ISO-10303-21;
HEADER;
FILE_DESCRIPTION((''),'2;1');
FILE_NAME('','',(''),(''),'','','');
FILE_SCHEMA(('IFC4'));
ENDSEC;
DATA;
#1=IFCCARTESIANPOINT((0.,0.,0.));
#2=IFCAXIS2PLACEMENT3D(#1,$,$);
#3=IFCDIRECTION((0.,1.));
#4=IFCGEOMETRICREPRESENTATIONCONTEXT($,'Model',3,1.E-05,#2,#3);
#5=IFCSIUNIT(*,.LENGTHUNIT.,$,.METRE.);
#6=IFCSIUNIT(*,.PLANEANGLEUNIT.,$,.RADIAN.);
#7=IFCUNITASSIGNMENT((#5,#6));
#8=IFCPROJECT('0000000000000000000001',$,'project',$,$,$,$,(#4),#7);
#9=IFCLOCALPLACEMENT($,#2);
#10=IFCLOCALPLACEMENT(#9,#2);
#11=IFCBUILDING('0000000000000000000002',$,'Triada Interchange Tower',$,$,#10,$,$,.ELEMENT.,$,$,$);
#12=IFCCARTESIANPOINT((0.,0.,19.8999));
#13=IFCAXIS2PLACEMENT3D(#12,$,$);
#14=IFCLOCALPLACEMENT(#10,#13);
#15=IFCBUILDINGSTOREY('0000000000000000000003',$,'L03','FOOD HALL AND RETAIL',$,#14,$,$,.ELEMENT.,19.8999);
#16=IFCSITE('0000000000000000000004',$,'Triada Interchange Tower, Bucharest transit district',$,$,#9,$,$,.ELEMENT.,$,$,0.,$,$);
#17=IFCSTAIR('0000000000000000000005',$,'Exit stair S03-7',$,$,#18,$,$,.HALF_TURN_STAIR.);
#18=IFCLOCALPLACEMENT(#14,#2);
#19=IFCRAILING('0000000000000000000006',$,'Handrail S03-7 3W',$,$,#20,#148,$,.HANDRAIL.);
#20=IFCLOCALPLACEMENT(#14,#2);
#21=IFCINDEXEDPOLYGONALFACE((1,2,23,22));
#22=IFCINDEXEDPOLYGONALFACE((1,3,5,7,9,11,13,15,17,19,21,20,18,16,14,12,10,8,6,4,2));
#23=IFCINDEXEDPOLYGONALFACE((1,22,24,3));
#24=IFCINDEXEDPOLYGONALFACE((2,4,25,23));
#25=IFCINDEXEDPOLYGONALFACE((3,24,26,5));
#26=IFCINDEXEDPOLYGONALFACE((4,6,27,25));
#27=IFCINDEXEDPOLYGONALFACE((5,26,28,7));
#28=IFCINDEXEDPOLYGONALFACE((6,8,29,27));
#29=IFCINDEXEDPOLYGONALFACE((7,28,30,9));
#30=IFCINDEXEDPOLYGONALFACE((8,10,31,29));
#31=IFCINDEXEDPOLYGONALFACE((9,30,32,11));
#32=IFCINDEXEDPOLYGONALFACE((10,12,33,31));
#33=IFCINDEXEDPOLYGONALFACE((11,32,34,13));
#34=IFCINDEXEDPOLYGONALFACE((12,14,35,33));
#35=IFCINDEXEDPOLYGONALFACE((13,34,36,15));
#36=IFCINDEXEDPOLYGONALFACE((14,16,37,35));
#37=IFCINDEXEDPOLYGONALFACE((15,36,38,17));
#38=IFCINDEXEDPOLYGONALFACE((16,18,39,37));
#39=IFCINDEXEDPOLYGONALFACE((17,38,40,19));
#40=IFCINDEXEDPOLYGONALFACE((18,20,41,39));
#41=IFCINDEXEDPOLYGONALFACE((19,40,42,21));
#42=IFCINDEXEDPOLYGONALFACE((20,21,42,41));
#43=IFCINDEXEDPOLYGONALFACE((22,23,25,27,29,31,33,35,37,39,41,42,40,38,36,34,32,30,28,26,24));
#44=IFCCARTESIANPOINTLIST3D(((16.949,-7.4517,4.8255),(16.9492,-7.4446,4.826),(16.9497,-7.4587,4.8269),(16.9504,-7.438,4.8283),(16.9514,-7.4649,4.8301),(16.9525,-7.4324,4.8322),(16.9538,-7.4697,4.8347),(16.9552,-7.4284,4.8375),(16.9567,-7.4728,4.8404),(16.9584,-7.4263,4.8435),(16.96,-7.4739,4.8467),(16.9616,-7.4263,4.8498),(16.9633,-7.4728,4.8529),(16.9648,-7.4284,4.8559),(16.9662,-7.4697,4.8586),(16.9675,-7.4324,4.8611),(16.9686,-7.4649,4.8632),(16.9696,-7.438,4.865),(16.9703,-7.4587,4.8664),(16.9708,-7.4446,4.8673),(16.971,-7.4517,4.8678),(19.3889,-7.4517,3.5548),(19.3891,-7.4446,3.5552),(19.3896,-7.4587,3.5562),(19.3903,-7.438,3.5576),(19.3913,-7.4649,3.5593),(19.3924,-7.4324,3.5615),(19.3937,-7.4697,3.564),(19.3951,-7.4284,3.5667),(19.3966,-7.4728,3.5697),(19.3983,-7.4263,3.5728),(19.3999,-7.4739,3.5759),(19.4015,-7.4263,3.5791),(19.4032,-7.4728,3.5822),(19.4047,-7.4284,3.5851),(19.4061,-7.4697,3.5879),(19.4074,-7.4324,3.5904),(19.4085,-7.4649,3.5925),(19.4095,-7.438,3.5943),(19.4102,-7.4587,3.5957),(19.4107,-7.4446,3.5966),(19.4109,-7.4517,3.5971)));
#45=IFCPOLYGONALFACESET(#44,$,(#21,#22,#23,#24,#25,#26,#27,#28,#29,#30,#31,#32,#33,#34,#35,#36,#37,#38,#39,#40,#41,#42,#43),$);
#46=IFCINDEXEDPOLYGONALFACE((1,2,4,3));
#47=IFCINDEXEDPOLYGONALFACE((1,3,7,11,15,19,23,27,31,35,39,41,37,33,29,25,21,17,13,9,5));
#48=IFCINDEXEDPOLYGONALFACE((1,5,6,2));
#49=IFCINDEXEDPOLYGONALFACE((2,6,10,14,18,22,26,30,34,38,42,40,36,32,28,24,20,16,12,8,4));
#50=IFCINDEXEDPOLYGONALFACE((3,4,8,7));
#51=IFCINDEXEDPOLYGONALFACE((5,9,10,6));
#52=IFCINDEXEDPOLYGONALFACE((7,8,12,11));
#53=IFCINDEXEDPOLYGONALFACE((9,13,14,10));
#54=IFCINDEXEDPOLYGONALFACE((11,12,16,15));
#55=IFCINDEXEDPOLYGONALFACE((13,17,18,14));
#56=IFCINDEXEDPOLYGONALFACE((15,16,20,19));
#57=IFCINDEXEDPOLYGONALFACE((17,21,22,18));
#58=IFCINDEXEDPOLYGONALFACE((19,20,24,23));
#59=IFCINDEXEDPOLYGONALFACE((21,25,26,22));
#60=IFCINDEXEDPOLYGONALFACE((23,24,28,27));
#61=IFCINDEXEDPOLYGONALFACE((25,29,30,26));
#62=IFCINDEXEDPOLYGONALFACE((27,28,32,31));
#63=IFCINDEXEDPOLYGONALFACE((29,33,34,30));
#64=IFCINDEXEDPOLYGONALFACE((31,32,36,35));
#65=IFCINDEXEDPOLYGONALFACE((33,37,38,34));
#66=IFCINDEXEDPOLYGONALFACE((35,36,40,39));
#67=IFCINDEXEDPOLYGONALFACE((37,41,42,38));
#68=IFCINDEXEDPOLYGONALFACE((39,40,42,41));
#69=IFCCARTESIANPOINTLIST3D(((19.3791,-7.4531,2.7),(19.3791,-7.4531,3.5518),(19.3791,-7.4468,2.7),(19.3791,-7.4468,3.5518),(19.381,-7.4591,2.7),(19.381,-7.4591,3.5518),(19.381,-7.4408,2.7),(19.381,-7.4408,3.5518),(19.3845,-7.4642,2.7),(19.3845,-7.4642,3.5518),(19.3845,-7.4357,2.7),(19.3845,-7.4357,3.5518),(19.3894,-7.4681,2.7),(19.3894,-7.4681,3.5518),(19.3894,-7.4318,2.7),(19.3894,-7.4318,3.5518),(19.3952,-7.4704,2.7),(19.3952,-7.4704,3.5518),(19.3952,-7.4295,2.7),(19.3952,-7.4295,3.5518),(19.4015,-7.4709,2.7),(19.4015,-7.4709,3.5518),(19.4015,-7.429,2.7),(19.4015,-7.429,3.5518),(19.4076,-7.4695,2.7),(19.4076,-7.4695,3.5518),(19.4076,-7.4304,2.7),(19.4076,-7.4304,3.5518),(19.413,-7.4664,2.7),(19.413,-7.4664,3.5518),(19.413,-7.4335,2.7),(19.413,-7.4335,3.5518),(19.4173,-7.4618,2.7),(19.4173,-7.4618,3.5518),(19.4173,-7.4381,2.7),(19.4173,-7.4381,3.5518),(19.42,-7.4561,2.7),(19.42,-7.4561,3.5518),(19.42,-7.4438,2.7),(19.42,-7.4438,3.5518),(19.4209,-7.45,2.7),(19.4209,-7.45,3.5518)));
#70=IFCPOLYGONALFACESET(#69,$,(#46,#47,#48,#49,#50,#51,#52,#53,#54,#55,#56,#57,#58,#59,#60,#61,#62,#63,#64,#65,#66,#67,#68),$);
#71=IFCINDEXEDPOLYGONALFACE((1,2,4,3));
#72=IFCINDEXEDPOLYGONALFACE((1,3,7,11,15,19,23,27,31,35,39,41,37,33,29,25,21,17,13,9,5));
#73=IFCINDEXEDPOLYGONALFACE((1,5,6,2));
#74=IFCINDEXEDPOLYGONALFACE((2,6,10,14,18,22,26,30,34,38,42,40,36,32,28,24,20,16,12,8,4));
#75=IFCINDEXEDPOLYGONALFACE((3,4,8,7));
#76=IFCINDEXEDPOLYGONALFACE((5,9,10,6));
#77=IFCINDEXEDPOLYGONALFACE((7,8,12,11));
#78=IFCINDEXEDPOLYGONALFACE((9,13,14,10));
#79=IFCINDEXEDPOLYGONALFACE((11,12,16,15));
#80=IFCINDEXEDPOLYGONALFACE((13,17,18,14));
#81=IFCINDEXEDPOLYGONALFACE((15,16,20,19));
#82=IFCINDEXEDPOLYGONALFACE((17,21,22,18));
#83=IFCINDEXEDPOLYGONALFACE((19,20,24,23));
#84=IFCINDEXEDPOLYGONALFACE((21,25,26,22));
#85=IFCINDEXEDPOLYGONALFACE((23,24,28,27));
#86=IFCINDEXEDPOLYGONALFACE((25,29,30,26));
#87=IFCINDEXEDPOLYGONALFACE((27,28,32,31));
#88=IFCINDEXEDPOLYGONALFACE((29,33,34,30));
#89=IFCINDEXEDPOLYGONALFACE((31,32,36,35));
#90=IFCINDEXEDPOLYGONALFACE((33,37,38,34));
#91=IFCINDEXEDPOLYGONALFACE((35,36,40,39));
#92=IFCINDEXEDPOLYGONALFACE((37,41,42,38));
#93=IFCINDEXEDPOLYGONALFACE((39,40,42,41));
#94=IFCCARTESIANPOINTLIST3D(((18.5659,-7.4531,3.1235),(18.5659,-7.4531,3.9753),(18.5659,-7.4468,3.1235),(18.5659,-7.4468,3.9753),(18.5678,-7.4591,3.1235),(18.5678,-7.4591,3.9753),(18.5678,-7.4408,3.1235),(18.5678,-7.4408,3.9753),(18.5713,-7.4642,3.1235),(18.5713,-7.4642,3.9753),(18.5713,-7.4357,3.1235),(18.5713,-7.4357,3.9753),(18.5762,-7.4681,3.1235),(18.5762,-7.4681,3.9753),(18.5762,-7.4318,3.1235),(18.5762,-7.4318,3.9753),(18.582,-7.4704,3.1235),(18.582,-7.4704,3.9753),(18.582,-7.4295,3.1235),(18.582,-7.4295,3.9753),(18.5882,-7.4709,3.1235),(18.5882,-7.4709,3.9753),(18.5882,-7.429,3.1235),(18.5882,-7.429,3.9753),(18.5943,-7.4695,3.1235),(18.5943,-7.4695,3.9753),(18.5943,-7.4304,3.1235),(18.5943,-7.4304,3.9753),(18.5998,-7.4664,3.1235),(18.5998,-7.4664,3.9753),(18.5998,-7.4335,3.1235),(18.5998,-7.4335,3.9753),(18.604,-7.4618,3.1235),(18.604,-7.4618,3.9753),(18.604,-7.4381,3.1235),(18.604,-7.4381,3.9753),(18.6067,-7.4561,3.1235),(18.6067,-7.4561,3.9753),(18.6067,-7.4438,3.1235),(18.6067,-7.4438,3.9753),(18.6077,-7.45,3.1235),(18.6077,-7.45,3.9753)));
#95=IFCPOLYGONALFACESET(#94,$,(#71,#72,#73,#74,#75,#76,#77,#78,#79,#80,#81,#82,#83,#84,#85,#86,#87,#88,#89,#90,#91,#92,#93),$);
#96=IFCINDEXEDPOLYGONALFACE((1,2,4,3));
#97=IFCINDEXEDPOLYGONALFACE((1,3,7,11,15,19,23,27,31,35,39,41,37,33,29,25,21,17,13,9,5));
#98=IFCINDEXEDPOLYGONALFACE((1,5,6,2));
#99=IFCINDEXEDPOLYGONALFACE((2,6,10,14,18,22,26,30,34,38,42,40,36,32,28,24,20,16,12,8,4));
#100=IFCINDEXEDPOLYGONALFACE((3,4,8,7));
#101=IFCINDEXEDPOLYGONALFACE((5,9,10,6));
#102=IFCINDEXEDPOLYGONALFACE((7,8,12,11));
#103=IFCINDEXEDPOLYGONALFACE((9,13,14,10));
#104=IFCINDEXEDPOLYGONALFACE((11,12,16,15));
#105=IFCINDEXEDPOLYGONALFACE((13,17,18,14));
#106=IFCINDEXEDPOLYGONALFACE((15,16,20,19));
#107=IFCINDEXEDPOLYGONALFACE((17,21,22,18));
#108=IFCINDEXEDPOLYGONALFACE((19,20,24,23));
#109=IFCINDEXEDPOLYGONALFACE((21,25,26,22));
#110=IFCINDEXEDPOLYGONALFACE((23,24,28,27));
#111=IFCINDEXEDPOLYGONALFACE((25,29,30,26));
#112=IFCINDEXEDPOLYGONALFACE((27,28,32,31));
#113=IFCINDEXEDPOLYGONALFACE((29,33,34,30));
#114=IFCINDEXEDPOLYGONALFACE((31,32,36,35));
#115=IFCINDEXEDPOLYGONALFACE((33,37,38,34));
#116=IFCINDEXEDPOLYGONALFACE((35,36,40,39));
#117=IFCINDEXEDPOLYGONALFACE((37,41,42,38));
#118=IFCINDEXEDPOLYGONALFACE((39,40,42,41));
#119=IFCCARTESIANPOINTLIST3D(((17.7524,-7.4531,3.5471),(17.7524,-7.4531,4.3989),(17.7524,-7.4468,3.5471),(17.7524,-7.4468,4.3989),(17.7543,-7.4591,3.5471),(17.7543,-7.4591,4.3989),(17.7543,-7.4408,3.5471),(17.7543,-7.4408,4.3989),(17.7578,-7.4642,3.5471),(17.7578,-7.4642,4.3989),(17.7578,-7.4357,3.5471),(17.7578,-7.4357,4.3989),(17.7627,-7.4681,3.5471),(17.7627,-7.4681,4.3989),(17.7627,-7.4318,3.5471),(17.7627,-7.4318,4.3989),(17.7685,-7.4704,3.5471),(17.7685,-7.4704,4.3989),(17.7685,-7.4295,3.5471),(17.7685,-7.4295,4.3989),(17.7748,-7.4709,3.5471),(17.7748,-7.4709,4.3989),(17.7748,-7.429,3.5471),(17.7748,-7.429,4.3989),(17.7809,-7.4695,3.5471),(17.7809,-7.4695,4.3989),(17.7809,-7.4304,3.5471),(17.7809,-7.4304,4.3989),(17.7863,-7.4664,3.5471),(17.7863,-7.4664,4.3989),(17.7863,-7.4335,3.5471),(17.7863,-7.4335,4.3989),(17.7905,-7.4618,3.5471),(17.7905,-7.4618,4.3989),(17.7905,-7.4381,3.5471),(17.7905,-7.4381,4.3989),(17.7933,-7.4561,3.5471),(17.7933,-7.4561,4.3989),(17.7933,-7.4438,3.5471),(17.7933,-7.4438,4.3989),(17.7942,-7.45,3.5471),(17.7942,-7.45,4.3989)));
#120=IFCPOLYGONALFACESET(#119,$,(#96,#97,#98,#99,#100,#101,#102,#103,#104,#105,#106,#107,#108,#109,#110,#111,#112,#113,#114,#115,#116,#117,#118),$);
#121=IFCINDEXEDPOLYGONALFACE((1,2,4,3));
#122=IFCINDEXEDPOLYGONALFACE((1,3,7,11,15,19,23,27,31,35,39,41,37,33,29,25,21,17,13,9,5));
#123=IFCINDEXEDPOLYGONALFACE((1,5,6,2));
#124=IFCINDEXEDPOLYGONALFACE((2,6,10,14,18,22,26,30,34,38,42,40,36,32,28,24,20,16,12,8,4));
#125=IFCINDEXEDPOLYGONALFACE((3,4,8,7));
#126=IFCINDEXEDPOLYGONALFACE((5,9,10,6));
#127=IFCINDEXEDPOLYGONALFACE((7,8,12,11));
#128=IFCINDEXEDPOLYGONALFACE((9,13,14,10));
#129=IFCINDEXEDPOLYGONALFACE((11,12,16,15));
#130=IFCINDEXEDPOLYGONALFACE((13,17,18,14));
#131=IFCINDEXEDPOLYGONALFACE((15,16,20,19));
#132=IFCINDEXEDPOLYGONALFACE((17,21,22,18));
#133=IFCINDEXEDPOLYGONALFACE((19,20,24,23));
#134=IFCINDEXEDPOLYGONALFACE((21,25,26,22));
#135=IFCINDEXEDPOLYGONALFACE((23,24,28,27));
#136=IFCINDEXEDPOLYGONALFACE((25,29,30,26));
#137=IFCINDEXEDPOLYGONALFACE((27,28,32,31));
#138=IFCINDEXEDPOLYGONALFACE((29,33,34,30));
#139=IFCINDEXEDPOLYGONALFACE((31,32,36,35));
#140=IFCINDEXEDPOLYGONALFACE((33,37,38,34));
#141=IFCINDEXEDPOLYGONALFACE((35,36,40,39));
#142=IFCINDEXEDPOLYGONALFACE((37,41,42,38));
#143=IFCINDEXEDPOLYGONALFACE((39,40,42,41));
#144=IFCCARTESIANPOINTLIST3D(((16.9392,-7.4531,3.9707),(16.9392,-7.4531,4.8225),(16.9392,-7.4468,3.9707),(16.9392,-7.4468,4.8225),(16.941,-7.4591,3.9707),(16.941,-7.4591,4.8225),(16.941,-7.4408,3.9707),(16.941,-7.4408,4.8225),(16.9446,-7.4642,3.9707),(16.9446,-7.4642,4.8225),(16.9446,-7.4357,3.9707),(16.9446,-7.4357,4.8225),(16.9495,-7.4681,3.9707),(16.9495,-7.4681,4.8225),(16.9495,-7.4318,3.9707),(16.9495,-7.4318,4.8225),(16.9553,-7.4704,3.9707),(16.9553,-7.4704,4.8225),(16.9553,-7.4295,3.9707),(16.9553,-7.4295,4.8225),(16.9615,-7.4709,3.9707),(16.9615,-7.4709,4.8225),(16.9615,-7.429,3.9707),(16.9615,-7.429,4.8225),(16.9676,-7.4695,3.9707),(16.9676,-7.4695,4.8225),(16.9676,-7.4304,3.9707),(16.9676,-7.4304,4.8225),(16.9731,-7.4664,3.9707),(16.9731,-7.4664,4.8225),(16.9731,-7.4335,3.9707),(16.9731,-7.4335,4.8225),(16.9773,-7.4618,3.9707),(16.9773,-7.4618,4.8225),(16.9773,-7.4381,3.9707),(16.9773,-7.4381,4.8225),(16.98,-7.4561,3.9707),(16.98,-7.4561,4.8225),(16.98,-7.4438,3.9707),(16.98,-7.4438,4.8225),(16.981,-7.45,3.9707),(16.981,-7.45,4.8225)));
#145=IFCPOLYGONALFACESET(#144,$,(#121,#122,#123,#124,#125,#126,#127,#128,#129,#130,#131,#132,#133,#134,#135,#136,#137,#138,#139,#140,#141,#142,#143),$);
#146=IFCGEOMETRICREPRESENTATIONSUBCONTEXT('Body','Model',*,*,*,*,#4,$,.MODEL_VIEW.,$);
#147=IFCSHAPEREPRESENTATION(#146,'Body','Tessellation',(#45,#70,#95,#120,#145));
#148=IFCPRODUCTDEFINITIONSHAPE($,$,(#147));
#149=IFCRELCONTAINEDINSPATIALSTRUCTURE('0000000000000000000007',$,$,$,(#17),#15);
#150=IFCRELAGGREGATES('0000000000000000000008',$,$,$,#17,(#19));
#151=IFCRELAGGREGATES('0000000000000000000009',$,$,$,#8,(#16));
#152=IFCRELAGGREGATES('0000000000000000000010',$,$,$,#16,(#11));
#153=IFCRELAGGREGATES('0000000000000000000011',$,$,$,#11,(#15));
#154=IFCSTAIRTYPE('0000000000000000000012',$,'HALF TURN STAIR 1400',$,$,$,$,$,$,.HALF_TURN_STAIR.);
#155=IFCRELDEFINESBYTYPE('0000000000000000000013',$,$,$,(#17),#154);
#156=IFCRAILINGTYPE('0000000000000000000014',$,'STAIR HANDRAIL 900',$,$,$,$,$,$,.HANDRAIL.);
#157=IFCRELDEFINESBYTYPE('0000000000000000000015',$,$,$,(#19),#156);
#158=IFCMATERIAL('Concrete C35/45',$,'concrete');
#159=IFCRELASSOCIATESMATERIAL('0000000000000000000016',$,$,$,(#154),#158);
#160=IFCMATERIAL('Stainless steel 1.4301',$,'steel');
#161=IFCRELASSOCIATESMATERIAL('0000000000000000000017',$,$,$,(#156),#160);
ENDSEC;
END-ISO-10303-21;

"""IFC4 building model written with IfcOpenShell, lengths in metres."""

from ifc_helpers import new_model, si_unit, direction, frame, origin, origin_2d, place, context, subcontext, project, spatial, circle, extrude, material, type_object, element, aggregate, save


model = new_model("IFC4")

# Units and contexts
model_context = context("Model", 3, precision=1e-05, world=origin(), true_north=direction((0.0, 1.0)))
body_context = subcontext(model_context, "Body", "Model", "MODEL_VIEW")
ifc_project = project(units=[si_unit("LENGTHUNIT", "METRE"), si_unit("PLANEANGLEUNIT", "RADIAN")], contexts=[model_context])

# Site, building, storey
site_placement = place(None, origin())
site = spatial("IfcSite", under=ifc_project, at=site_placement, Name="Triada Interchange Tower, Bucharest transit district", CompositionType="ELEMENT", RefElevation=0.0)
building_placement = place(site_placement, origin())
building = spatial("IfcBuilding", under=site, at=building_placement, Name="Triada Interchange Tower", CompositionType="ELEMENT")
storey_placement = place(building_placement, frame((0.0, 0.0, 19.8999)))
storey = spatial("IfcBuildingStorey", under=building, at=storey_placement, Name="L03", Description="FOOD HALL AND RETAIL", CompositionType="ELEMENT", Elevation=19.8999)

# Shared definitions
ifc_material_1 = material(Name="Concrete C35/45", Category="concrete")

# Stair, railing
stair_type = type_object("IfcStairType", Name="HALF TURN STAIR 1400", PredefinedType="HALF_TURN_STAIR", material=ifc_material_1)
stair_placement = place(storey_placement, origin())
stair = element("IfcStair", 1, at=stair_placement, inside=storey, type_object=stair_type, Name="Exit stair S03-7", PredefinedType="HALF_TURN_STAIR")
ifc_material_2 = material(Name="Stainless steel 1.4301", Category="steel")
railing_type_1 = type_object("IfcRailingType", Name="STAIR HANDRAIL 900", PredefinedType="HANDRAIL", material=ifc_material_2)
railing_1_placement = place(storey_placement, frame((19.3999, -7.45, 2.7)))
railing_1 = element("IfcRailing", 2, at=railing_1_placement, type_object=railing_type_1, Name="Handrail S03-7 3W", PredefinedType="HANDRAIL", context=body_context, shape_type="SweptSolid", body=[
    extrude(circle(Radius=0.0239, at=origin_2d()), frame((0.0, 0.0, 0.876), z_axis=(-0.886922, 0.0, 0.46192), x_axis=(0.0, -1.0, 0.0)), (0.0, 0.0, 1.0), 2.751),
    extrude(circle(Radius=0.021, at=origin_2d()), origin(), (0.0, 0.0, 1.0), 0.8518),
    extrude(circle(Radius=0.021, at=origin_2d()), frame((-0.8132, 0.0, 0.4236)), (0.0, 0.0, 1.0), 0.8518),
    extrude(circle(Radius=0.021, at=origin_2d()), frame((-1.6267, 0.0, 0.8472)), (0.0, 0.0, 1.0), 0.8518),
    extrude(circle(Radius=0.021, at=origin_2d()), frame((-2.4399, 0.0, 1.2708)), (0.0, 0.0, 1.0), 0.8518),
])
aggregate(stair, [railing_1])

save(model, "model.ifc")
